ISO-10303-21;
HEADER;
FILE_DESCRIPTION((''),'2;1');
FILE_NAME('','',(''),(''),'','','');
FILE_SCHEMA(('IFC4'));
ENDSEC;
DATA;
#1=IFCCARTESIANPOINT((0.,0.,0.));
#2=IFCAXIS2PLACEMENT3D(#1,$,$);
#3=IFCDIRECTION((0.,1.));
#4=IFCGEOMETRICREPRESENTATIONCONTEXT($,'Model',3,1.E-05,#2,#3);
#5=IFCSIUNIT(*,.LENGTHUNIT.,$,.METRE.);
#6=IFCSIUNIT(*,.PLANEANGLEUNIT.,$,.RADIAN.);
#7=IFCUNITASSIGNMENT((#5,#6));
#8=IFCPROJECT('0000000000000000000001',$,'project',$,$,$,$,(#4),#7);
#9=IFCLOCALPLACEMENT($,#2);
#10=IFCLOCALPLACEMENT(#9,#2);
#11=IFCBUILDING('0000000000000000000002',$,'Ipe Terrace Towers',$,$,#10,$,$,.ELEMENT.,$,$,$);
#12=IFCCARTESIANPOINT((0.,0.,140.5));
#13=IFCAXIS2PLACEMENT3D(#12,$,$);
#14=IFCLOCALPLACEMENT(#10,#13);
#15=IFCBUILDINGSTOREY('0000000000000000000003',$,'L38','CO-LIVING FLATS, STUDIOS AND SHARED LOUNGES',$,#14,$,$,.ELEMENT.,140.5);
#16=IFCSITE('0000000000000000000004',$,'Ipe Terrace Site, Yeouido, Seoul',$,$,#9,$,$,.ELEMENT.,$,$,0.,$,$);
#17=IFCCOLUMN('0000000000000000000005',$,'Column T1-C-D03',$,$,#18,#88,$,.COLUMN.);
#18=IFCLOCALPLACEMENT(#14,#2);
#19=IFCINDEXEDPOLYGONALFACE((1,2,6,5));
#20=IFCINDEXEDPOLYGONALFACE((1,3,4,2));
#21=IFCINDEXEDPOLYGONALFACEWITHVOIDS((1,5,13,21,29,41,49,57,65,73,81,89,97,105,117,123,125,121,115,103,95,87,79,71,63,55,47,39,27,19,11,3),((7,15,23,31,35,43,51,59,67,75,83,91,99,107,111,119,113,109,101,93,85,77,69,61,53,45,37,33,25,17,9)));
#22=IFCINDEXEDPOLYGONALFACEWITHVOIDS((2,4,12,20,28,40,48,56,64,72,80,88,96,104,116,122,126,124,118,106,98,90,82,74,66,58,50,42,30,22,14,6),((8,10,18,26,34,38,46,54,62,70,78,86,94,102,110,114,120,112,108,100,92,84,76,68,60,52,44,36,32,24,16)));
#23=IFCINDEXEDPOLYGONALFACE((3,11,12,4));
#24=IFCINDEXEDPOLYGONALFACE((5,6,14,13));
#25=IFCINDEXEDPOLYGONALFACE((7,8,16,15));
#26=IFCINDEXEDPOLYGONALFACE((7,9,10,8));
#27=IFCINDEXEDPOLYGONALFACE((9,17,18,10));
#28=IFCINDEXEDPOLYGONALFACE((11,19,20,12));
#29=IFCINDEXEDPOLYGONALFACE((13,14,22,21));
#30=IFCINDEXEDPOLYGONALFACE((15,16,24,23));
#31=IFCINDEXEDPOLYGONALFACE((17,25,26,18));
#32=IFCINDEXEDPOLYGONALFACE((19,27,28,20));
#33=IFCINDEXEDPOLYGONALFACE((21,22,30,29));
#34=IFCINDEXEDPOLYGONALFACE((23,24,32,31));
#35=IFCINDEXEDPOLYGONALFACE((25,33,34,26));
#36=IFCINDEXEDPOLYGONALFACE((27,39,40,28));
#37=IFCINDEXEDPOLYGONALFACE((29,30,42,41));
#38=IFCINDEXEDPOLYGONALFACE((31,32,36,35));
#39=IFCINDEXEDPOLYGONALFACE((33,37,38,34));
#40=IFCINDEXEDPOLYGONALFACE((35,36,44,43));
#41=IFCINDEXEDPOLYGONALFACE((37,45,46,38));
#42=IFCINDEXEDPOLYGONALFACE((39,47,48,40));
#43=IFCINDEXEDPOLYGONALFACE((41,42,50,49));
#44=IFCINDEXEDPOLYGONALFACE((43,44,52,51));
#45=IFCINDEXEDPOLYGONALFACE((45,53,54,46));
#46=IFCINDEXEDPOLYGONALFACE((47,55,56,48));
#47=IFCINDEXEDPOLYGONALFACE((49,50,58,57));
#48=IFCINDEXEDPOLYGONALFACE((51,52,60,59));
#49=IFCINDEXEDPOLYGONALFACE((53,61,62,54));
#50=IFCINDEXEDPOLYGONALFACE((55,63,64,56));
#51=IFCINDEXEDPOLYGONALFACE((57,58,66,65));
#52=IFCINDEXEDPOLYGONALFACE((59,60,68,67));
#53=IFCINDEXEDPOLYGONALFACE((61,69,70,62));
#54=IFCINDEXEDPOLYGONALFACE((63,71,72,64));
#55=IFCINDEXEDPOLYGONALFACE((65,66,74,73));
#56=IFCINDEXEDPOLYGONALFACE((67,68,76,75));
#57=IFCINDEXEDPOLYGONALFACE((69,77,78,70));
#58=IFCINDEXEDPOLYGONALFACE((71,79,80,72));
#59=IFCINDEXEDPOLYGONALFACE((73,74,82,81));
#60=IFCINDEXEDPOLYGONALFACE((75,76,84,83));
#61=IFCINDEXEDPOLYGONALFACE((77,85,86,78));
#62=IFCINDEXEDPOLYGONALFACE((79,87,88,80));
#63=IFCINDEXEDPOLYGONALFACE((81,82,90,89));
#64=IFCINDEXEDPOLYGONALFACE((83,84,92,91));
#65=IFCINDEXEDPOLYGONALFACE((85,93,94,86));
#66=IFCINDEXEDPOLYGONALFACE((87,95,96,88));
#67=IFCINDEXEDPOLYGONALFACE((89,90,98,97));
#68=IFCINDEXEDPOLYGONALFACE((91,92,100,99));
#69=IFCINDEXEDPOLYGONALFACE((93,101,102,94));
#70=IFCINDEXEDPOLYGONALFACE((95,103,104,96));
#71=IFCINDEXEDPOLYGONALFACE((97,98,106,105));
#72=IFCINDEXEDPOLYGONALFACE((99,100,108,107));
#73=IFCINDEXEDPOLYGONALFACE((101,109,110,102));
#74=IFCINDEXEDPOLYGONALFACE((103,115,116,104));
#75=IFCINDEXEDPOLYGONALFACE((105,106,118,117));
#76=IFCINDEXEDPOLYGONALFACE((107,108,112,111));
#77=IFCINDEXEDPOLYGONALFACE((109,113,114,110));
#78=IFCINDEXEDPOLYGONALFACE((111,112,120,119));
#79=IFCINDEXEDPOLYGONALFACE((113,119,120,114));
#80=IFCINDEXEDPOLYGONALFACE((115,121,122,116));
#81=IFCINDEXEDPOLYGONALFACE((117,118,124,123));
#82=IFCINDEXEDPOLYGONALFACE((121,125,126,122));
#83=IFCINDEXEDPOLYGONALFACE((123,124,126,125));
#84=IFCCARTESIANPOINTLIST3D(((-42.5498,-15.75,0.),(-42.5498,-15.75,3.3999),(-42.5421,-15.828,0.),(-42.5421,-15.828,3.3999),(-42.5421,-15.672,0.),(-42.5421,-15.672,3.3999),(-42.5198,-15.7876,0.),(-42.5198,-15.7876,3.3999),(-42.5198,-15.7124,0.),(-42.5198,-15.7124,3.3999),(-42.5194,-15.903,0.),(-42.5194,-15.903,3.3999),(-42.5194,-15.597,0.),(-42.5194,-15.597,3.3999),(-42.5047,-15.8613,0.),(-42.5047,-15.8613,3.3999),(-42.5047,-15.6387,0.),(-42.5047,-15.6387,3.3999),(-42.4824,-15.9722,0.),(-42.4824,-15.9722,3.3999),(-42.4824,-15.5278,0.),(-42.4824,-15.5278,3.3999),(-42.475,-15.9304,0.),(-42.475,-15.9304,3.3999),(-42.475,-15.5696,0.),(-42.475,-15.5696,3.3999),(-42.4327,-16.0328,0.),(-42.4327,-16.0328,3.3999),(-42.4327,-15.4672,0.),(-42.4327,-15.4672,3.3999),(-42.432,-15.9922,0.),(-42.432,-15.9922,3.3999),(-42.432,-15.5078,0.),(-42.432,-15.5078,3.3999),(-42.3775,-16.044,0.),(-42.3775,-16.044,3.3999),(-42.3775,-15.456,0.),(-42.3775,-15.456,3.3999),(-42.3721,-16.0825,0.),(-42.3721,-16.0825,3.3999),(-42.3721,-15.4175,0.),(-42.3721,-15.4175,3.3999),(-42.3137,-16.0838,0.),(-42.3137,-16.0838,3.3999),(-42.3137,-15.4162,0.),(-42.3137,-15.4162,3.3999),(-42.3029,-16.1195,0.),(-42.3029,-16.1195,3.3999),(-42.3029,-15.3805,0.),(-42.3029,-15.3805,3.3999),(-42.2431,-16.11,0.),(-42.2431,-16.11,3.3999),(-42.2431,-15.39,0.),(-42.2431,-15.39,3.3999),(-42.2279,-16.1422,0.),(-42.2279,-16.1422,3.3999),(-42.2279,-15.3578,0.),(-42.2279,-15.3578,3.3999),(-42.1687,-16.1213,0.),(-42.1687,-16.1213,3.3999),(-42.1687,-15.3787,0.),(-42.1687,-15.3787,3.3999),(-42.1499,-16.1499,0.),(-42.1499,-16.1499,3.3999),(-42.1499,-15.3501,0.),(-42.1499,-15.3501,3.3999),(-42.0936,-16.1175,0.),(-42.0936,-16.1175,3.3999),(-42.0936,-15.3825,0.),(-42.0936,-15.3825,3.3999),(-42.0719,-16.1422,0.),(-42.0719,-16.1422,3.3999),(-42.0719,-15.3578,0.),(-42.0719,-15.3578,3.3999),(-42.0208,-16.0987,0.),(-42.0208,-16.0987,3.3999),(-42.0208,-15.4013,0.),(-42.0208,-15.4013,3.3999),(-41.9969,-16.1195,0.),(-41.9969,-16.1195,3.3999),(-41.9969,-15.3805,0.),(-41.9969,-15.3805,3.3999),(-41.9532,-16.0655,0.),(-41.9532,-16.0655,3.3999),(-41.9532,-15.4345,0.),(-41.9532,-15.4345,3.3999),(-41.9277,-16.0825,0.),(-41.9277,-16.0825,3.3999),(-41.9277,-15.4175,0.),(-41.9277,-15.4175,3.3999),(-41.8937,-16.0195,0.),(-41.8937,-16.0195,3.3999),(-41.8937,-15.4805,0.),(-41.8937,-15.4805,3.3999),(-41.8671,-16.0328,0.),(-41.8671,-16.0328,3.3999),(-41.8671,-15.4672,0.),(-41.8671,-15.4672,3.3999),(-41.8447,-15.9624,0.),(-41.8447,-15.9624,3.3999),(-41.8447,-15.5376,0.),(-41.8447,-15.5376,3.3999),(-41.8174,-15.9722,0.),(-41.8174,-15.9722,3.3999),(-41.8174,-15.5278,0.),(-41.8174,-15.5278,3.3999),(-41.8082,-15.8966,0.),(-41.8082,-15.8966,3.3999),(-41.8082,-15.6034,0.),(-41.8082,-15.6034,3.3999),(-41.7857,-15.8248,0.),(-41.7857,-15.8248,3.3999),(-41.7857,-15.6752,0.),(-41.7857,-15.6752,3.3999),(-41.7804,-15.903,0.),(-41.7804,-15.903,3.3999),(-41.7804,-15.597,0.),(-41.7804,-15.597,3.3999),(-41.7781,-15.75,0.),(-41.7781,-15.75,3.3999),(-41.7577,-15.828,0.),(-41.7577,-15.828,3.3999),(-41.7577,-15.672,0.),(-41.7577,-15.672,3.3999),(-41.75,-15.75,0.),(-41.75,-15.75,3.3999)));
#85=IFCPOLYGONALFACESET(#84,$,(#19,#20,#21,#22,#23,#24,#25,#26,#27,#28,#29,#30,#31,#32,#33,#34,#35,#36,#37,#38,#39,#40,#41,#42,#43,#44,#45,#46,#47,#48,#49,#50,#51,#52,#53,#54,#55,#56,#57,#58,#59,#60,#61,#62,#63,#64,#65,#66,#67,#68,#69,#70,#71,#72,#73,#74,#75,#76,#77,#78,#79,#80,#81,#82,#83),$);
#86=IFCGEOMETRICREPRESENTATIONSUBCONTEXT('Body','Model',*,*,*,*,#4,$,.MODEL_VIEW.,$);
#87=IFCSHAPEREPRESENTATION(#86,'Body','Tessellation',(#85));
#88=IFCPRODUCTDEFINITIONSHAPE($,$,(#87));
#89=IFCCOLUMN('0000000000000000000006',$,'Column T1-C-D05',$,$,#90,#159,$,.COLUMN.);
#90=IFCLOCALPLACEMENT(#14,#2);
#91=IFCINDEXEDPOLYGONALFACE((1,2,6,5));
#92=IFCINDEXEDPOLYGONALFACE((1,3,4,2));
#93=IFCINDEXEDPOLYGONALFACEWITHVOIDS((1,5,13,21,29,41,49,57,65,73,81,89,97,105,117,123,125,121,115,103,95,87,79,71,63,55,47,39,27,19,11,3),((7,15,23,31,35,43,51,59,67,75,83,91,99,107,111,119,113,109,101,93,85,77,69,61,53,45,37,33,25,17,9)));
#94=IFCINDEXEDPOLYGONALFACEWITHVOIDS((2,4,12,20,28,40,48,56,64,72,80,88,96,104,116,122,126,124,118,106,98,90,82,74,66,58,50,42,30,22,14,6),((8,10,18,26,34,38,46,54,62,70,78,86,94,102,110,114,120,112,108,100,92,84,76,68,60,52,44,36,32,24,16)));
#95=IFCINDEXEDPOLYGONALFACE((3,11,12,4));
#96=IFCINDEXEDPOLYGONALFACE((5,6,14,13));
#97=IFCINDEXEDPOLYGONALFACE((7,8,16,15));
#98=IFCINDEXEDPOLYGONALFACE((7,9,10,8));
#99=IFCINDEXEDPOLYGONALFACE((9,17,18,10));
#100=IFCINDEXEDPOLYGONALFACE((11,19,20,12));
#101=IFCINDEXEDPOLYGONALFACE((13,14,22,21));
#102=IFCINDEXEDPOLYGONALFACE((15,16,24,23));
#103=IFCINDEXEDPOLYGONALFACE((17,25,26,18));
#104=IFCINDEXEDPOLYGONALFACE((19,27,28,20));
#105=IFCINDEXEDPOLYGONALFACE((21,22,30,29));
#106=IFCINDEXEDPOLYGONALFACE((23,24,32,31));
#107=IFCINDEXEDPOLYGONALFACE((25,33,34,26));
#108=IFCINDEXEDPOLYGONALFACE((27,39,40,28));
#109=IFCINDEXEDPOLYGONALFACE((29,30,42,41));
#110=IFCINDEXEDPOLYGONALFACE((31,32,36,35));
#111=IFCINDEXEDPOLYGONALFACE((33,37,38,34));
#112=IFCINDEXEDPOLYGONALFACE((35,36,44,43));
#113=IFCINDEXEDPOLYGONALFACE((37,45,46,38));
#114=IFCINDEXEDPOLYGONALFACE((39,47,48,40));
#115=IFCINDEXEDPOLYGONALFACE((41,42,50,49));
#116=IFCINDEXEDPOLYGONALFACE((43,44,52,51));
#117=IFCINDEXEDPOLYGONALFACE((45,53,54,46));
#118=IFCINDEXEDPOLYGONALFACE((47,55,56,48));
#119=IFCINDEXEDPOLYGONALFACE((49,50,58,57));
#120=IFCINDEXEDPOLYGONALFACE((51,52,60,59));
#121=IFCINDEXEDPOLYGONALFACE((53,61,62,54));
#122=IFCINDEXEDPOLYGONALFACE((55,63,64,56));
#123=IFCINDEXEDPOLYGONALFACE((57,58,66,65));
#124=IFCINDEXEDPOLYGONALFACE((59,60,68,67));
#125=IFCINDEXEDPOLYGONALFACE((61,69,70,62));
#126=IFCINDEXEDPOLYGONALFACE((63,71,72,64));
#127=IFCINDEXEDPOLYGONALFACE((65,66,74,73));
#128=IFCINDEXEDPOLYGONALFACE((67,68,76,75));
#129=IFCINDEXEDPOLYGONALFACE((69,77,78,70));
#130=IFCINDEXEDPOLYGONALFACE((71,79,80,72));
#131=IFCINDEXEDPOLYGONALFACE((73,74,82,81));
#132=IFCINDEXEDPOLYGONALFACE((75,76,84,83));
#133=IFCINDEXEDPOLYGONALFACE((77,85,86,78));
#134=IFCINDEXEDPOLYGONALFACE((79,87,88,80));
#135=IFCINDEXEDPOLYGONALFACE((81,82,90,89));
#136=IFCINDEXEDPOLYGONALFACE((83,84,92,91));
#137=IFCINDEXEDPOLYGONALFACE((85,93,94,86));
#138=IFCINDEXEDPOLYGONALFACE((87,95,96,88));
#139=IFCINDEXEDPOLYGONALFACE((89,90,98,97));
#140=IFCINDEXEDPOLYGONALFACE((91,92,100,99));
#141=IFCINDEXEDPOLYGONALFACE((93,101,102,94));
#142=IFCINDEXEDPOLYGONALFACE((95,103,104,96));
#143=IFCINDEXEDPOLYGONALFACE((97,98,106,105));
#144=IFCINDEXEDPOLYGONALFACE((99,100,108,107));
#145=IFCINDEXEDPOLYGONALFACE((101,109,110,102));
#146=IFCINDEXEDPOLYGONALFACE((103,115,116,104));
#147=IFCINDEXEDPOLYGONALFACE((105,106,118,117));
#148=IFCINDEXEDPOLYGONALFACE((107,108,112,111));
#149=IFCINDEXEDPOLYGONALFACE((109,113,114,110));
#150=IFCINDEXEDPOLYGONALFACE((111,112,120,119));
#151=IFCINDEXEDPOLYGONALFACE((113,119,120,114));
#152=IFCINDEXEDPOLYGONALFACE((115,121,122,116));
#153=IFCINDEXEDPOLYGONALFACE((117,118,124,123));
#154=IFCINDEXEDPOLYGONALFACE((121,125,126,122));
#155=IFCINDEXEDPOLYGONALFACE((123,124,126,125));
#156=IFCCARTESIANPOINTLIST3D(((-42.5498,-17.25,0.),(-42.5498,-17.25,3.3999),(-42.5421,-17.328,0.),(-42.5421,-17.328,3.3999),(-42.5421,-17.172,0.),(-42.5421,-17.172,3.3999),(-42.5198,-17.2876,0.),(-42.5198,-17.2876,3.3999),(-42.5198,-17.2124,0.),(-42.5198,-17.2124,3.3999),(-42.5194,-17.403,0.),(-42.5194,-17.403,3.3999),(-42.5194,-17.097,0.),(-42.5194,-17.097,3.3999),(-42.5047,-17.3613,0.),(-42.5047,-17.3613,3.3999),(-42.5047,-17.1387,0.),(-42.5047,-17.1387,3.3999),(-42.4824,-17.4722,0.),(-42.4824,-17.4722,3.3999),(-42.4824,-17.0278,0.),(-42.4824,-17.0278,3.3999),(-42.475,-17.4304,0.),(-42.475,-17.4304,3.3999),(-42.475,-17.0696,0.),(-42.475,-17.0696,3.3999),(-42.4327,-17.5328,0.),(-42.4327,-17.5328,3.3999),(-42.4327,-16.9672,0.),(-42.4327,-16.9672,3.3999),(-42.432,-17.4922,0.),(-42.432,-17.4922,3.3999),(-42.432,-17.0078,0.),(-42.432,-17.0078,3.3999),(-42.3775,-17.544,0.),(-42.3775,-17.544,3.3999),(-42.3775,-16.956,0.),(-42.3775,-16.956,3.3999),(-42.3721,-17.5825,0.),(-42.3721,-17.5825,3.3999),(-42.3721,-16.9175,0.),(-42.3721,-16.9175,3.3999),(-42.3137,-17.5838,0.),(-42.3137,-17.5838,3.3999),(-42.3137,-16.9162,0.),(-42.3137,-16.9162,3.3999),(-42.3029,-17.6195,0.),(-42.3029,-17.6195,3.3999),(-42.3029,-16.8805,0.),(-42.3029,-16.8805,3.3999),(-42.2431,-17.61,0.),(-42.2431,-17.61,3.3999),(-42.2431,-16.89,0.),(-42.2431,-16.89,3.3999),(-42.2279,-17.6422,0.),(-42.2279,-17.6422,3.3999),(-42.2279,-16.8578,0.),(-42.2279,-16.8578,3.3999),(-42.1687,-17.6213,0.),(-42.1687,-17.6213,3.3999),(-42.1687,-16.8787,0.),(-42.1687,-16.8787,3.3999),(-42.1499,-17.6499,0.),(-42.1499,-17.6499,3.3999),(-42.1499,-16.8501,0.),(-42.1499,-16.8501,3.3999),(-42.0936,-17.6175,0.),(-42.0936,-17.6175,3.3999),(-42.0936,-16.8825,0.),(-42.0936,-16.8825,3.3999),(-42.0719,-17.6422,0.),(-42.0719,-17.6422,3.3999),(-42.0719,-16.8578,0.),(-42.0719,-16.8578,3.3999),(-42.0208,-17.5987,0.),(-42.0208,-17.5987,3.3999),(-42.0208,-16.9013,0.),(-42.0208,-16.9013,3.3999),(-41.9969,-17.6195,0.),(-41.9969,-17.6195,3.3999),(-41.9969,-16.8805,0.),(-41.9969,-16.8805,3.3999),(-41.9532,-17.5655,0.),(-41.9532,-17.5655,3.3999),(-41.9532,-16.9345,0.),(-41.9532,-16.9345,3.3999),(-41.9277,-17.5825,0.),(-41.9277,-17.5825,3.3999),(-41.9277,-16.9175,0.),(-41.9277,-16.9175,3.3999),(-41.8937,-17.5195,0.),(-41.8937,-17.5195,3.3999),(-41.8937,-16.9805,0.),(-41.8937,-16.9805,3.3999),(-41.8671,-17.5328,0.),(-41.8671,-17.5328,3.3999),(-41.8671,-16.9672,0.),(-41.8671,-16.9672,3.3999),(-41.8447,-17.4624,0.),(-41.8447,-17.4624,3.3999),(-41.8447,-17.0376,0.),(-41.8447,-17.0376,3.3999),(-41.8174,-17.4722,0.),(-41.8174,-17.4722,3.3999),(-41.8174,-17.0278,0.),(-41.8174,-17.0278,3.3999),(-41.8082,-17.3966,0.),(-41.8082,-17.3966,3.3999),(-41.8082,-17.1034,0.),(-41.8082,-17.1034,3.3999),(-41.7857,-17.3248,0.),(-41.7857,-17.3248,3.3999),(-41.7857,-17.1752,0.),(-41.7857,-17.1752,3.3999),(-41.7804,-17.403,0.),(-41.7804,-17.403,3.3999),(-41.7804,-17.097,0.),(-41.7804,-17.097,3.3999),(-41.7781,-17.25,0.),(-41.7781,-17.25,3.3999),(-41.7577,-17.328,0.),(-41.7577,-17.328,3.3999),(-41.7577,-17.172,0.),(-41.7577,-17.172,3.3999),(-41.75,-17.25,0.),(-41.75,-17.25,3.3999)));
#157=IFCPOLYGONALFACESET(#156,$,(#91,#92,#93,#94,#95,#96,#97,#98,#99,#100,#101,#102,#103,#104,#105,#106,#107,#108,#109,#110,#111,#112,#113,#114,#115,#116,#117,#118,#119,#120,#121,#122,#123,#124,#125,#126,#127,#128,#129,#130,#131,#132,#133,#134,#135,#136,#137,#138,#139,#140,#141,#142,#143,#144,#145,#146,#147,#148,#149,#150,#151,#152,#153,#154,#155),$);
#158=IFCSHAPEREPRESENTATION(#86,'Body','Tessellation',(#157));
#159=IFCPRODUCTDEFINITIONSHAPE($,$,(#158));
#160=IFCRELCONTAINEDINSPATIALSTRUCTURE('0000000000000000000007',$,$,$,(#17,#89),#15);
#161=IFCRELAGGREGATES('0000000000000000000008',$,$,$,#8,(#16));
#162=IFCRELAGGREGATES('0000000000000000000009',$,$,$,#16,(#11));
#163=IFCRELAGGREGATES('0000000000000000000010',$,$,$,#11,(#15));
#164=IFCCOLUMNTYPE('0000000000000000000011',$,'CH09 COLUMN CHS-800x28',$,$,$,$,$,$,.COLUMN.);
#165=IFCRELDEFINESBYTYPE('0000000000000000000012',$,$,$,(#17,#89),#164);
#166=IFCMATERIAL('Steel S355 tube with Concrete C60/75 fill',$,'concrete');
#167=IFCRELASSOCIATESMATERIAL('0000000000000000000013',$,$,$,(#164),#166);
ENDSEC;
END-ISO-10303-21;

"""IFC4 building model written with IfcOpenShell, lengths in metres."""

from ifc_helpers import new_model, si_unit, direction, frame, origin, origin_2d, place, context, subcontext, project, spatial, hollow_circle, extrude, material, material_profile, profile_set, type_object, element, save


model = new_model("IFC4")

# Units and contexts
model_context = context("Model", 3, precision=1e-05, world=origin(), true_north=direction((0.0, 1.0)))
body_context = subcontext(model_context, "Body", "Model", "MODEL_VIEW")
ifc_project = project(units=[si_unit("LENGTHUNIT", "METRE"), si_unit("PLANEANGLEUNIT", "RADIAN")], contexts=[model_context])

# Site, building, storey
site_placement = place(None, origin())
site = spatial("IfcSite", under=ifc_project, at=site_placement, Name="Ipe Terrace Site, Yeouido, Seoul", CompositionType="ELEMENT", RefElevation=0.0)
building_placement = place(site_placement, origin())
building = spatial("IfcBuilding", under=site, at=building_placement, Name="Ipe Terrace Towers", CompositionType="ELEMENT")
storey_placement = place(building_placement, frame((0.0, 0.0, 140.5)))
storey = spatial("IfcBuildingStorey", under=building, at=storey_placement, Name="L38", Description="CO-LIVING FLATS, STUDIOS AND SHARED LOUNGES", CompositionType="ELEMENT", Elevation=140.5)

# Columns
ifc_material_1 = material(Name="Steel S355 tube with Concrete C60/75 fill", Category="concrete")
ifc_material_profile_1 = material_profile(ifc_material_1, hollow_circle(Radius=0.3999, WallThickness=0.0281, at=origin_2d()), Name="CHS-800x28")
ifc_profile_set_1 = profile_set([ifc_material_profile_1], Name="Steel S355 tube with Concrete C60/75 fill")
column_type_1 = type_object("IfcColumnType", Name="CH09 COLUMN CHS-800x28", PredefinedType="COLUMN", material=ifc_profile_set_1)
for number, where, z_axis, x_axis, name in (
    (1, (-42.1499, -15.75, 0.0), (0.0, 0.0, 1.0), (1.0, 0.0, 0.0), "Column T1-C-D03"),
    (2, (-42.1499, -17.25, 0.0), (0.0, 0.0, 1.0), (1.0, 0.0, 0.0), "Column T1-C-D05"),
):
    element("IfcColumn", number, at=place(storey_placement, frame(where, z_axis=z_axis, x_axis=x_axis)), inside=storey, type_object=column_type_1, Name=name, PredefinedType="COLUMN", context=body_context, shape_type="SweptSolid", body=[
        extrude(hollow_circle(Radius=0.3999, WallThickness=0.0281, at=origin_2d()), origin(), (0.0, 0.0, 1.0), 3.3999),
    ])

save(model, "model.ifc")
